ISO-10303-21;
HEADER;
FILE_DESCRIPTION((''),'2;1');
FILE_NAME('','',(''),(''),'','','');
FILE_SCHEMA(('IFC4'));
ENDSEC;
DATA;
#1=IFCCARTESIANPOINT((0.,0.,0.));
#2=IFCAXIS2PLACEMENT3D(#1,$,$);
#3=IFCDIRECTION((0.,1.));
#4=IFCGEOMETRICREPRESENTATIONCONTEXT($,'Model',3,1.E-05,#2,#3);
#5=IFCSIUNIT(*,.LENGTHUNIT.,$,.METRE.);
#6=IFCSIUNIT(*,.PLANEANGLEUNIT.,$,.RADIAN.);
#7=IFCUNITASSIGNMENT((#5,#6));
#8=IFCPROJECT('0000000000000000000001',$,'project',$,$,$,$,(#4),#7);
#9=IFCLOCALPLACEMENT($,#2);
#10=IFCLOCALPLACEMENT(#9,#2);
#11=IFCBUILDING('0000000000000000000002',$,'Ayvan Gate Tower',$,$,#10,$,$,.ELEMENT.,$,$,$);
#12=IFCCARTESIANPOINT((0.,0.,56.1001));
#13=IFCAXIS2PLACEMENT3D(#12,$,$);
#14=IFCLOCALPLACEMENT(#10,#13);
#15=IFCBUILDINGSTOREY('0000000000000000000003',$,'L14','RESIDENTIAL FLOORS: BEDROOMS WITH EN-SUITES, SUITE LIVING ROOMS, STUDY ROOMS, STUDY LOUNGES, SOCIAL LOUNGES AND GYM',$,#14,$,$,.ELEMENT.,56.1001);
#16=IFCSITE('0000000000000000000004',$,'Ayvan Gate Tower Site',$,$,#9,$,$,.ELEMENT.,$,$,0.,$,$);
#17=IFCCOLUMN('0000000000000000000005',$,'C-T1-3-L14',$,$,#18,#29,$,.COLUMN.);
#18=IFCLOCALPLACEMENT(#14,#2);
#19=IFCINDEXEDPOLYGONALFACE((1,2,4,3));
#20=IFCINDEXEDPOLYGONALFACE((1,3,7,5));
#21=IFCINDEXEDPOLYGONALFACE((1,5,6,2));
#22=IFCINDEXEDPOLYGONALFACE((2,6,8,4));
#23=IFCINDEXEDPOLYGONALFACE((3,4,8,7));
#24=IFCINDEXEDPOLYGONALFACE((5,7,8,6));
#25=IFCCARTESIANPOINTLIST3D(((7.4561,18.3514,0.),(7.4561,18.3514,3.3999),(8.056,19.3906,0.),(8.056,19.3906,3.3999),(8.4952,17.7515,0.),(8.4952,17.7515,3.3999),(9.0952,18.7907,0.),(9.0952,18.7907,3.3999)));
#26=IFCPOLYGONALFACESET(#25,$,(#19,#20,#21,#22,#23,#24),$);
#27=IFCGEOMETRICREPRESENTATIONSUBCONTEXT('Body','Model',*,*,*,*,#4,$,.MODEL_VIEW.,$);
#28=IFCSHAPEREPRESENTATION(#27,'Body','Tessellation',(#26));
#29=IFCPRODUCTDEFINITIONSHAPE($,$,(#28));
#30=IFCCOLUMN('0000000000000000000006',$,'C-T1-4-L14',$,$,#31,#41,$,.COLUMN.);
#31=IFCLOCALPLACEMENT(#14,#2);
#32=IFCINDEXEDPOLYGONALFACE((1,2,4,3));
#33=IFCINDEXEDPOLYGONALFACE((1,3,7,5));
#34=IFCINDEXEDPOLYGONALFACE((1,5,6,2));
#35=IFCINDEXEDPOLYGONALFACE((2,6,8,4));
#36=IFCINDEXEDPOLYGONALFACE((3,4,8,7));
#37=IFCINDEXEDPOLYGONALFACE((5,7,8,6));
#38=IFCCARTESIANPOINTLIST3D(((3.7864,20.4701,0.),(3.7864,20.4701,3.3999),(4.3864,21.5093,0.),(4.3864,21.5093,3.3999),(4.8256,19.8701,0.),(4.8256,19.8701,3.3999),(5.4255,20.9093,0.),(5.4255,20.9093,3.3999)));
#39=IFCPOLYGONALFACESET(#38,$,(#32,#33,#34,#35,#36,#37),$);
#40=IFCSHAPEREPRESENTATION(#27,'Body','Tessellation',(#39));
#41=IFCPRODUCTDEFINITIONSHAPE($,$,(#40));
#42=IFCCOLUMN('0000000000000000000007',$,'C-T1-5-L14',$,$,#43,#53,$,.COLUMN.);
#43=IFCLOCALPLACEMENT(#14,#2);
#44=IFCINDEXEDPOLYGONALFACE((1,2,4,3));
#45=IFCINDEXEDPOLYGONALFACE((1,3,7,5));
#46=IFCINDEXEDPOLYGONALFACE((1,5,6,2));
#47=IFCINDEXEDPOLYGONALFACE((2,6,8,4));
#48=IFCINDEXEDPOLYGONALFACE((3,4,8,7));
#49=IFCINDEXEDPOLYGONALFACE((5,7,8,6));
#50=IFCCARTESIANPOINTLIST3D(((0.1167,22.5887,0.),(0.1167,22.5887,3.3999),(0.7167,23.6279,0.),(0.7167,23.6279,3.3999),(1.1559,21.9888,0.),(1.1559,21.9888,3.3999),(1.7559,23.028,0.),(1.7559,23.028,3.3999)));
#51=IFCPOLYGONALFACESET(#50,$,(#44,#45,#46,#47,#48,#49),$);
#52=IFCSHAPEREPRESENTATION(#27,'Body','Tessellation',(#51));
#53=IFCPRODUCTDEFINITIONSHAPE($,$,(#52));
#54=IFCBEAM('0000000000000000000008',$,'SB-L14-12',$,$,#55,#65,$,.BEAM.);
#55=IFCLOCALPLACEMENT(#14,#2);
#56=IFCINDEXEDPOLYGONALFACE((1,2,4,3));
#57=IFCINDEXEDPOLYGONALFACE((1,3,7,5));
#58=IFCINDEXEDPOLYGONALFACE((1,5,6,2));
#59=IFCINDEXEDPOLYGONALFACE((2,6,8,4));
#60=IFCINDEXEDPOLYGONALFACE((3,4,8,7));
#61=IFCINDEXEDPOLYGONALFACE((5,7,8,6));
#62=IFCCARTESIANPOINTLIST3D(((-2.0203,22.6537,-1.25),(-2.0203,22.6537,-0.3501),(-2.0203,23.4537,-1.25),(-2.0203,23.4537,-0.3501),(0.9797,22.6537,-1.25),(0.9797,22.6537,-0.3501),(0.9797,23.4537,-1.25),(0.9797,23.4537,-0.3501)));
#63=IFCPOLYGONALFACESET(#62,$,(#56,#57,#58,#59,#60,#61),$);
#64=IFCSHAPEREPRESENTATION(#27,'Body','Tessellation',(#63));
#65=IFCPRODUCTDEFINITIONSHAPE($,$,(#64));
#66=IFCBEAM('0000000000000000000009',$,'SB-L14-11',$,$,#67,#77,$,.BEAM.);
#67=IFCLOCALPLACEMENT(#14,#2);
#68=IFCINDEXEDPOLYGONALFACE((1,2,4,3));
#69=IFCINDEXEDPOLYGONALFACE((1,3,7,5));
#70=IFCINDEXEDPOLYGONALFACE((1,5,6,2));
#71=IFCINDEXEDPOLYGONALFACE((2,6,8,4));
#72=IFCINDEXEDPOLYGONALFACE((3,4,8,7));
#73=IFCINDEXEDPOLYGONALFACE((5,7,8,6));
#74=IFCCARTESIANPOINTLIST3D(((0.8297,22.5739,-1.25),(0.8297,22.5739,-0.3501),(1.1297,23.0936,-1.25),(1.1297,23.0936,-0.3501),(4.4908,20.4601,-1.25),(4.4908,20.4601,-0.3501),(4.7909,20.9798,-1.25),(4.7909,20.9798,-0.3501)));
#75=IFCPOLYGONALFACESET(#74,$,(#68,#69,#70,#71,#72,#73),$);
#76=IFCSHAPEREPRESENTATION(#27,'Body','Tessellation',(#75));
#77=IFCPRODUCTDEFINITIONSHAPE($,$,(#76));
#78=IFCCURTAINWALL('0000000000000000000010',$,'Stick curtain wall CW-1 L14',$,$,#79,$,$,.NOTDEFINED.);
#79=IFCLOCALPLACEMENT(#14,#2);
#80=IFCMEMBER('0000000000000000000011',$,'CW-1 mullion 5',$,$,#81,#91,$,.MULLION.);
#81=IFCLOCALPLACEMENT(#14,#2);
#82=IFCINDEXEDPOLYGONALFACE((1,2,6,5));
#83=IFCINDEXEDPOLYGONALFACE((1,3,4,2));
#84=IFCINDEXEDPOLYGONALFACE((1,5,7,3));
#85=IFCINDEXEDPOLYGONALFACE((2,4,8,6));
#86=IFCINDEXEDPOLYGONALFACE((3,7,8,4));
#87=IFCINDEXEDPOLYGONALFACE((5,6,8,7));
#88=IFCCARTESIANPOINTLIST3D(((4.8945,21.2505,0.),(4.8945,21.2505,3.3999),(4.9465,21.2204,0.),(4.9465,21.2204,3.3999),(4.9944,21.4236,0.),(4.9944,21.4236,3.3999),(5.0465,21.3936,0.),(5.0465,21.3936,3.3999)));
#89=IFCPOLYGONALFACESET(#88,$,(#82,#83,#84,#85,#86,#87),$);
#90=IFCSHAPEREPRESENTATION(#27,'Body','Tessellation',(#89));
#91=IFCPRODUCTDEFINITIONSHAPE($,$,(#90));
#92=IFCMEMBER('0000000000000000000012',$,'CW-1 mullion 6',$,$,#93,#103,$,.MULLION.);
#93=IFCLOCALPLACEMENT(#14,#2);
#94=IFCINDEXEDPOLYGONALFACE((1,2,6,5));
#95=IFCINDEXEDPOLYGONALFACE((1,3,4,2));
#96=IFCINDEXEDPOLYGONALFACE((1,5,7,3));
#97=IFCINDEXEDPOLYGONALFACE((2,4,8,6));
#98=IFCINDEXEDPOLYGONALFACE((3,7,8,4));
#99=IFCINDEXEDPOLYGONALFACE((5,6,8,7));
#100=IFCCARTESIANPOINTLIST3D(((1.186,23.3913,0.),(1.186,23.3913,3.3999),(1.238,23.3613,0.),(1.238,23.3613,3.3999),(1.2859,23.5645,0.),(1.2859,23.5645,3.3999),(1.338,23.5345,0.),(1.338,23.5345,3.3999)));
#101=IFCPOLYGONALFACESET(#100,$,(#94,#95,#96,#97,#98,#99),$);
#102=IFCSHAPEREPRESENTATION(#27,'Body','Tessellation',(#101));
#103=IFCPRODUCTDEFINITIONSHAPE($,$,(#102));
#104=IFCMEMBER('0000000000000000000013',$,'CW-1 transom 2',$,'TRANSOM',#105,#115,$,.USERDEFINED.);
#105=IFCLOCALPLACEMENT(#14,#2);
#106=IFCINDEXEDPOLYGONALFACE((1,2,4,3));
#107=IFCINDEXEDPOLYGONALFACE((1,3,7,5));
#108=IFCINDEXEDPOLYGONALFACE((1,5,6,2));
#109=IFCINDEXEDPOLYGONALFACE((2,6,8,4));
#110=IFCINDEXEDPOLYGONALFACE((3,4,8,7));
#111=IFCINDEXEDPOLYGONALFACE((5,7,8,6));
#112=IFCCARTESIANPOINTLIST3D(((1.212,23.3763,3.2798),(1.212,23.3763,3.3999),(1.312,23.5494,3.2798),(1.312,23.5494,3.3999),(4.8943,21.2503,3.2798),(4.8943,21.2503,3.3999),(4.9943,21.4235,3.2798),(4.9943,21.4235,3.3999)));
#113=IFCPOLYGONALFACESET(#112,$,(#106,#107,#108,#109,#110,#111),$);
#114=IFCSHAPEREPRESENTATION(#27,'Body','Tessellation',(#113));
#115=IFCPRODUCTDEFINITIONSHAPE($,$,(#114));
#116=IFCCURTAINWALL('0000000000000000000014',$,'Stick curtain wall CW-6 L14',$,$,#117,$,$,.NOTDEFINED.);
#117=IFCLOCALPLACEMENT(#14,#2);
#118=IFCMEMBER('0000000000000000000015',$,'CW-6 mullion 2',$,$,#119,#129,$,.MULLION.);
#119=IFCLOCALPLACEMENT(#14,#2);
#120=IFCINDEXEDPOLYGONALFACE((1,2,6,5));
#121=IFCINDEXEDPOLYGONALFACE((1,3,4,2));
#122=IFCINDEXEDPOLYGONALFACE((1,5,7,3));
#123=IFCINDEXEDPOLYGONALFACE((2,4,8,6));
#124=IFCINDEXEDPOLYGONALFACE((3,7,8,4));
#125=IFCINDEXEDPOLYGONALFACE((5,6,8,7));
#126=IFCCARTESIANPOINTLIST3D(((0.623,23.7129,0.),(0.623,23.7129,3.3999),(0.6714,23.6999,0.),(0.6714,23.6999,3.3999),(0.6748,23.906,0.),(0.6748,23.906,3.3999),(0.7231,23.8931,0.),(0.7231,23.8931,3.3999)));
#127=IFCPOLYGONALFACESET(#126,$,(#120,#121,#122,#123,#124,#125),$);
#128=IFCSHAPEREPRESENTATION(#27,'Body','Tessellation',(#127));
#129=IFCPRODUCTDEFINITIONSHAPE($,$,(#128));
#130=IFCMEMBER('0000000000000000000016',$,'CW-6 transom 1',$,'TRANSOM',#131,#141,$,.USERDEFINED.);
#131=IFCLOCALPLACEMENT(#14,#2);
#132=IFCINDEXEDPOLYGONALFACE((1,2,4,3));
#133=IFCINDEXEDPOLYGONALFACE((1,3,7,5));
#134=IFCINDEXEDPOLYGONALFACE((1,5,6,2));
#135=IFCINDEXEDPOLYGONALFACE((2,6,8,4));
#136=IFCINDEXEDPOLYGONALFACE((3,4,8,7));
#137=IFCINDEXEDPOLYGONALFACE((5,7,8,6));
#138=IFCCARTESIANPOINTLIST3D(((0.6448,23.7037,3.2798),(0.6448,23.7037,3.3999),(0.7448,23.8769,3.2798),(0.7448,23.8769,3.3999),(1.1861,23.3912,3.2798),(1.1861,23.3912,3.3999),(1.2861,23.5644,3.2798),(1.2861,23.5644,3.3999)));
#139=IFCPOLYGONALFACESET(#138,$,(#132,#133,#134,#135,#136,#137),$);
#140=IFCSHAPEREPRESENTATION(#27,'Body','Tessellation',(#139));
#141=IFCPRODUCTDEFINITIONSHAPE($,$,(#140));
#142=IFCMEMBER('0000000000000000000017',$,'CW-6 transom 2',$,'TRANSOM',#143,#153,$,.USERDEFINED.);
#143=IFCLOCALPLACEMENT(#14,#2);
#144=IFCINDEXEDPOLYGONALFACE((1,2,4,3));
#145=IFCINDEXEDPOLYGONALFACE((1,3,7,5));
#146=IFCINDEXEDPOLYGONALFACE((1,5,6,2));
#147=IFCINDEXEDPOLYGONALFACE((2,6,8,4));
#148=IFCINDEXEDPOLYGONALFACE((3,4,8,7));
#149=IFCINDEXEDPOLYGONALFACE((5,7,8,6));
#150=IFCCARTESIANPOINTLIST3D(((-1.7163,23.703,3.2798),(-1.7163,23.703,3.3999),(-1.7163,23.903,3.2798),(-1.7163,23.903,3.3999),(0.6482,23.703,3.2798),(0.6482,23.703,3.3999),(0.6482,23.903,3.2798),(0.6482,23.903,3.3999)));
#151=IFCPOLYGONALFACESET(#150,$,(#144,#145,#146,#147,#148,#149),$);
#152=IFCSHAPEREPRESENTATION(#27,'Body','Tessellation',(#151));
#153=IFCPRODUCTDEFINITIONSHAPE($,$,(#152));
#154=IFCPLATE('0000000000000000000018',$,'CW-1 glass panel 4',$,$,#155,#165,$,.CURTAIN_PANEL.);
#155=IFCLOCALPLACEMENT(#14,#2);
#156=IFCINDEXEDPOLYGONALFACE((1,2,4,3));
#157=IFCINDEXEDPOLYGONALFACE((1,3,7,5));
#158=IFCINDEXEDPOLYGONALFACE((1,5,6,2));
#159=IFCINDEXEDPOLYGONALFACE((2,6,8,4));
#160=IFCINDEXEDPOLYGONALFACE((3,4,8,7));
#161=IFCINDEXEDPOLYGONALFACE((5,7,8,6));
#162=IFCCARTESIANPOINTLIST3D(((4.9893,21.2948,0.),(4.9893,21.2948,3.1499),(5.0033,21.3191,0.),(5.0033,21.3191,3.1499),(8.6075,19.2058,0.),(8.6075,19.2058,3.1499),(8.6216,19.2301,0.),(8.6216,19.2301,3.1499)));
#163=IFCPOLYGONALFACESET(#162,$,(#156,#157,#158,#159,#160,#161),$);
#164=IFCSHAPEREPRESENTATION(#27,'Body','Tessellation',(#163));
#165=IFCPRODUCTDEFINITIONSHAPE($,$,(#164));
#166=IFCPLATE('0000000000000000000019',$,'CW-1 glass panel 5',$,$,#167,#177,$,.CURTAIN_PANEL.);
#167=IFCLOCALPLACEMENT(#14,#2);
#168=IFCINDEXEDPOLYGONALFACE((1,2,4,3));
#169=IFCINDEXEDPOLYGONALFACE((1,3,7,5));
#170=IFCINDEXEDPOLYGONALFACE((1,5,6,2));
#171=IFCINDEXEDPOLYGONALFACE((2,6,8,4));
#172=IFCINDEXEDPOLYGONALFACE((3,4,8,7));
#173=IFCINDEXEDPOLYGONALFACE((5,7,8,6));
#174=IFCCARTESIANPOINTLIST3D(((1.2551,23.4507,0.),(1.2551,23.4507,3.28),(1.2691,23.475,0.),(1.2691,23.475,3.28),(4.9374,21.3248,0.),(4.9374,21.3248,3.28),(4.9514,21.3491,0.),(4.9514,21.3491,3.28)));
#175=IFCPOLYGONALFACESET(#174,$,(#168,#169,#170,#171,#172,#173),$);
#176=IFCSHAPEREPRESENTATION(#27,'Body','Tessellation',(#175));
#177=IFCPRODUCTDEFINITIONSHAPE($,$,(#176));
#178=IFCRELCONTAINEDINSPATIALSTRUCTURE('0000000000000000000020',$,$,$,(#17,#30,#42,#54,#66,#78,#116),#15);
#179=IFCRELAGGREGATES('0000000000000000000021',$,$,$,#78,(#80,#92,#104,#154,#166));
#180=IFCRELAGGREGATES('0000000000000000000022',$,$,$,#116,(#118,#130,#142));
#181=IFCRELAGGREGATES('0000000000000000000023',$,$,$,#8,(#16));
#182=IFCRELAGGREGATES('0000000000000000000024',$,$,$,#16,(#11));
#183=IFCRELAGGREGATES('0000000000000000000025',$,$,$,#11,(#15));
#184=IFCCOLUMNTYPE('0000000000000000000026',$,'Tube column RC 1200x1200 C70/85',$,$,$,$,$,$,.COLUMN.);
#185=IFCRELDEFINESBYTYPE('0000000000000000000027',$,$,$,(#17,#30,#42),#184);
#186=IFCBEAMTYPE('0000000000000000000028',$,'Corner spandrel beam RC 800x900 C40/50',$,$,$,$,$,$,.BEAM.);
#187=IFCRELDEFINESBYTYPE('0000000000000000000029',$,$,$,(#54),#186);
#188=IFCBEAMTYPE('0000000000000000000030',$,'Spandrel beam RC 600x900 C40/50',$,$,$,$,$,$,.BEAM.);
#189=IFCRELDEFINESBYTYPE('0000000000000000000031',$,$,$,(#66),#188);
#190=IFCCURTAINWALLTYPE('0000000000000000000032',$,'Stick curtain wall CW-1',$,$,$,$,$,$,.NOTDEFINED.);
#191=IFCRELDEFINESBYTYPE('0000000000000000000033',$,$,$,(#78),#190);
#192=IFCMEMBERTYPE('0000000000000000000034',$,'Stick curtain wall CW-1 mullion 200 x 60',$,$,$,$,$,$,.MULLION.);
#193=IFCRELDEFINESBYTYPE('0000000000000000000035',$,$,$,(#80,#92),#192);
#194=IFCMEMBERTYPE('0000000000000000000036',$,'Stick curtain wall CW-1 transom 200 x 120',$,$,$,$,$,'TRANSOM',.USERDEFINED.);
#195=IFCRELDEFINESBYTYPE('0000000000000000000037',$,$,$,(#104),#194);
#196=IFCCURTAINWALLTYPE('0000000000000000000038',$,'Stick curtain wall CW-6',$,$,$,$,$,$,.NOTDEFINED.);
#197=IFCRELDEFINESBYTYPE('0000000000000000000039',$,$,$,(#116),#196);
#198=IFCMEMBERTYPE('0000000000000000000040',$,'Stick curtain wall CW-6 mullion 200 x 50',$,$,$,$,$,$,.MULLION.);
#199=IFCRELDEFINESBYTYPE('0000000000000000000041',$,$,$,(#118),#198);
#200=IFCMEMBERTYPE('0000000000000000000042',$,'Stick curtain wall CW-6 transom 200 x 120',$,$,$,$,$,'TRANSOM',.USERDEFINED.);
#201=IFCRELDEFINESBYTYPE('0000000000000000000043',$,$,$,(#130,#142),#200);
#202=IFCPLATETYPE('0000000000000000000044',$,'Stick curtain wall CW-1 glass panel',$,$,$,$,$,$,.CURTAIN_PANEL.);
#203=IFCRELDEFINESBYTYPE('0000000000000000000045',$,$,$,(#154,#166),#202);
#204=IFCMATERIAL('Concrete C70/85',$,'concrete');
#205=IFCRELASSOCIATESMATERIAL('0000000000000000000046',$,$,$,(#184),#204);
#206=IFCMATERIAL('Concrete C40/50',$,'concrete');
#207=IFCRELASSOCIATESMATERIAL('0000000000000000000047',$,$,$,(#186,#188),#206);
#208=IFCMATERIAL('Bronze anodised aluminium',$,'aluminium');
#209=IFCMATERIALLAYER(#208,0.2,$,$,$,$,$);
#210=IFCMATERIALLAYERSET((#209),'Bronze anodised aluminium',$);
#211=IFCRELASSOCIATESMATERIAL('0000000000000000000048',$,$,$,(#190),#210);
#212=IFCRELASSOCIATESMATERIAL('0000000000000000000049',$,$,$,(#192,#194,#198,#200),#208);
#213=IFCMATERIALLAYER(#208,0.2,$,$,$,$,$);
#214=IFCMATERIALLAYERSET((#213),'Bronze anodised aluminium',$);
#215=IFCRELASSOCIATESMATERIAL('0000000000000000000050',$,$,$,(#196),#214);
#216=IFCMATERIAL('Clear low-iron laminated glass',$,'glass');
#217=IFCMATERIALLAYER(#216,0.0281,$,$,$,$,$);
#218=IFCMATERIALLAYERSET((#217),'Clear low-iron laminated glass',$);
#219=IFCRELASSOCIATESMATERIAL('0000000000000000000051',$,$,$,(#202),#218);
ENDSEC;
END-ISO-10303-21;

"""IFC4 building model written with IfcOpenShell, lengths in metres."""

from ifc_helpers import new_model, si_unit, direction, frame, origin, origin_2d, place, context, subcontext, project, spatial, rectangle, extrude, material, layer, layer_set, material_profile, profile_set, type_object, element, aggregate, save


model = new_model("IFC4")

# Units and contexts
model_context = context("Model", 3, precision=1e-05, world=origin(), true_north=direction((0.0, 1.0)))
body_context = subcontext(model_context, "Body", "Model", "MODEL_VIEW")
ifc_project = project(units=[si_unit("LENGTHUNIT", "METRE"), si_unit("PLANEANGLEUNIT", "RADIAN")], contexts=[model_context])

# Site, building, storey
site_placement = place(None, origin())
site = spatial("IfcSite", under=ifc_project, at=site_placement, Name="Ayvan Gate Tower Site", CompositionType="ELEMENT", RefElevation=0.0)
building_placement = place(site_placement, origin())
building = spatial("IfcBuilding", under=site, at=building_placement, Name="Ayvan Gate Tower", CompositionType="ELEMENT")
storey_placement = place(building_placement, frame((0.0, 0.0, 56.1001)))
storey = spatial("IfcBuildingStorey", under=building, at=storey_placement, Name="L14", Description="RESIDENTIAL FLOORS: BEDROOMS WITH EN-SUITES, SUITE LIVING ROOMS, STUDY ROOMS, STUDY LOUNGES, SOCIAL LOUNGES AND GYM", CompositionType="ELEMENT", Elevation=56.1001)

# Columns
ifc_material_1 = material(Name="Concrete C70/85", Category="concrete")
ifc_material_profile_1 = material_profile(ifc_material_1, rectangle(XDim=1.2, YDim=1.2, at=origin_2d()), Name="RC 1200x1200")
ifc_profile_set_1 = profile_set([ifc_material_profile_1], Name="Concrete C70/85")
column_type = type_object("IfcColumnType", Name="Tube column RC 1200x1200 C70/85", PredefinedType="COLUMN", material=ifc_profile_set_1)
for number, where, z_axis, x_axis, name in (
    (1, (8.2756, 18.571, 0.0), (0.0, 0.0, 1.0), (0.5, 0.866025, 0.0), "C-T1-3-L14"),
    (2, (4.606, 20.6897, 0.0), (0.0, 0.0, 1.0), (0.5, 0.866025, 0.0), "C-T1-4-L14"),
    (3, (0.9363, 22.8083, 0.0), (0.0, 0.0, 1.0), (0.5, 0.866025, 0.0), "C-T1-5-L14"),
):
    element("IfcColumn", number, at=place(storey_placement, frame(where, z_axis=z_axis, x_axis=x_axis)), inside=storey, type_object=column_type, Name=name, PredefinedType="COLUMN", context=body_context, shape_type="SweptSolid", body=[
        extrude(rectangle(XDim=1.2, YDim=1.2, at=origin_2d()), origin(), (0.0, 0.0, 1.0), 3.3999),
    ])

# Beams
ifc_material_2 = material(Name="Concrete C40/50", Category="concrete")
ifc_material_profile_2 = material_profile(ifc_material_2, rectangle(XDim=0.8, YDim=0.8999, at=origin_2d()), Name="RC 800x900")
ifc_profile_set_2 = profile_set([ifc_material_profile_2], Name="Concrete C40/50")
beam_type_1 = type_object("IfcBeamType", Name="Corner spandrel beam RC 800x900 C40/50", PredefinedType="BEAM", material=ifc_profile_set_2)
beam_1_placement = place(storey_placement, frame((0.9797, 23.0537, -0.8), z_axis=(-1.0, 0.0, 0.0), x_axis=(0.0, -1.0, 0.0)))
element("IfcBeam", 4, at=beam_1_placement, inside=storey, type_object=beam_type_1, Name="SB-L14-12", PredefinedType="BEAM", context=body_context, shape_type="SweptSolid", body=[
    extrude(rectangle(XDim=0.8, YDim=0.8999, at=origin_2d()), origin(), (0.0, 0.0, 1.0), 3.0),
])
ifc_material_profile_3 = material_profile(ifc_material_2, rectangle(XDim=0.6001, YDim=0.8999, at=origin_2d()), Name="RC 600x900")
ifc_profile_set_3 = profile_set([ifc_material_profile_3], Name="Concrete C40/50")
beam_type_2 = type_object("IfcBeamType", Name="Spandrel beam RC 600x900 C40/50", PredefinedType="BEAM", material=ifc_profile_set_3)
beam_2_placement = place(storey_placement, frame((4.6409, 20.72, -0.8), z_axis=(-0.866024, 0.500002, 0.0), x_axis=(-0.500002, -0.866024, 0.0)))
element("IfcBeam", 5, at=beam_2_placement, inside=storey, type_object=beam_type_2, Name="SB-L14-11", PredefinedType="BEAM", context=body_context, shape_type="SweptSolid", body=[
    extrude(rectangle(XDim=0.6001, YDim=0.8999, at=origin_2d()), origin(), (0.0, 0.0, 1.0), 4.2275),
])

# Curtain walls, members
ifc_material_3 = material(Name="Bronze anodised aluminium", Category="aluminium")
ifc_layer_1 = layer(ifc_material_3, 0.2)
ifc_layer_set_1 = layer_set([ifc_layer_1], Name="Bronze anodised aluminium")
curtain_wall_type_1 = type_object("IfcCurtainWallType", Name="Stick curtain wall CW-1", PredefinedType="NOTDEFINED", material=ifc_layer_set_1)
curtain_wall_1_placement = place(storey_placement, origin())
curtain_wall_1 = element("IfcCurtainWall", 6, at=curtain_wall_1_placement, inside=storey, type_object=curtain_wall_type_1, Name="Stick curtain wall CW-1 L14", PredefinedType="NOTDEFINED")
ifc_material_profile_4 = material_profile(ifc_material_3, rectangle(XDim=0.2, YDim=0.0601, at=origin_2d()), Name="Stick curtain wall CW-1 mullion 200 x 60")
ifc_profile_set_4 = profile_set([ifc_material_profile_4], Name="Bronze anodised aluminium")
member_type_1 = type_object("IfcMemberType", Name="Stick curtain wall CW-1 mullion 200 x 60", PredefinedType="MULLION", material=ifc_profile_set_4)
member_1_placement = place(storey_placement, frame((4.9705, 21.322, 0.0), z_axis=(0.0, 0.0, 1.0), x_axis=(0.5, 0.866025, 0.0)))
member_1 = element("IfcMember", 7, at=member_1_placement, type_object=member_type_1, Name="CW-1 mullion 5", PredefinedType="MULLION", context=body_context, shape_type="SweptSolid", body=[
    extrude(rectangle(XDim=0.2, YDim=0.0601, at=origin_2d()), origin(), (0.0, 0.0, 1.0), 3.3999),
])
member_2_placement = place(storey_placement, frame((1.262, 23.4629, 0.0), z_axis=(0.0, 0.0, 1.0), x_axis=(0.5, 0.866025, 0.0)))
member_2 = element("IfcMember", 8, at=member_2_placement, type_object=member_type_1, Name="CW-1 mullion 6", PredefinedType="MULLION", context=body_context, shape_type="SweptSolid", body=[
    extrude(rectangle(XDim=0.2, YDim=0.0601, at=origin_2d()), origin(), (0.0, 0.0, 1.0), 3.3999),
])
ifc_material_profile_5 = material_profile(ifc_material_3, rectangle(XDim=0.2, YDim=0.1201, at=origin_2d()), Name="Stick curtain wall CW-1 transom 200 x 120")
ifc_profile_set_5 = profile_set([ifc_material_profile_5], Name="Bronze anodised aluminium")
member_type_2 = type_object("IfcMemberType", Name="Stick curtain wall CW-1 transom 200 x 120", ElementType="TRANSOM", PredefinedType="USERDEFINED", material=ifc_profile_set_5)
member_3_placement = place(storey_placement, frame((4.9443, 21.3369, 3.3398), z_axis=(-0.86603, 0.499993, 0.0), x_axis=(-0.499993, -0.86603, 0.0)))
member_3 = element("IfcMember", 9, at=member_3_placement, type_object=member_type_2, Name="CW-1 transom 2", ObjectType="TRANSOM", PredefinedType="USERDEFINED", context=body_context, shape_type="SweptSolid", body=[
    extrude(rectangle(XDim=0.2, YDim=0.1201, at=origin_2d()), origin(), (0.0, 0.0, 1.0), 4.252),
])
ifc_layer_2 = layer(ifc_material_3, 0.2)
ifc_layer_set_2 = layer_set([ifc_layer_2], Name="Bronze anodised aluminium")
curtain_wall_type_2 = type_object("IfcCurtainWallType", Name="Stick curtain wall CW-6", PredefinedType="NOTDEFINED", material=ifc_layer_set_2)
curtain_wall_2_placement = place(storey_placement, origin())
curtain_wall_2 = element("IfcCurtainWall", 10, at=curtain_wall_2_placement, inside=storey, type_object=curtain_wall_type_2, Name="Stick curtain wall CW-6 L14", PredefinedType="NOTDEFINED")
ifc_material_profile_6 = material_profile(ifc_material_3, rectangle(XDim=0.2, YDim=0.05, at=origin_2d()), Name="Stick curtain wall CW-6 mullion 200 x 50")
ifc_profile_set_6 = profile_set([ifc_material_profile_6], Name="Bronze anodised aluminium")
member_type_3 = type_object("IfcMemberType", Name="Stick curtain wall CW-6 mullion 200 x 50", PredefinedType="MULLION", material=ifc_profile_set_6)
member_4_placement = place(storey_placement, frame((0.6731, 23.803, 0.0), z_axis=(0.0, 0.0, 1.0), x_axis=(0.258819, 0.965926, 0.0)))
member_4 = element("IfcMember", 11, at=member_4_placement, type_object=member_type_3, Name="CW-6 mullion 2", PredefinedType="MULLION", context=body_context, shape_type="SweptSolid", body=[
    extrude(rectangle(XDim=0.2, YDim=0.05, at=origin_2d()), origin(), (0.0, 0.0, 1.0), 3.3999),
])
ifc_material_profile_7 = material_profile(ifc_material_3, rectangle(XDim=0.2, YDim=0.1201, at=origin_2d()), Name="Stick curtain wall CW-6 transom 200 x 120")
ifc_profile_set_7 = profile_set([ifc_material_profile_7], Name="Bronze anodised aluminium")
member_type_4 = type_object("IfcMemberType", Name="Stick curtain wall CW-6 transom 200 x 120", ElementType="TRANSOM", PredefinedType="USERDEFINED", material=ifc_profile_set_7)
member_5_placement = place(storey_placement, frame((1.2361, 23.4778, 3.3398), z_axis=(-0.866023, 0.500004, 0.0), x_axis=(-0.500004, -0.866023, 0.0)))
member_5 = element("IfcMember", 12, at=member_5_placement, type_object=member_type_4, Name="CW-6 transom 1", ObjectType="TRANSOM", PredefinedType="USERDEFINED", context=body_context, shape_type="SweptSolid", body=[
    extrude(rectangle(XDim=0.2, YDim=0.1201, at=origin_2d()), origin(), (0.0, 0.0, 1.0), 0.625),
])
member_6_placement = place(storey_placement, frame((0.6482, 23.803, 3.3398), z_axis=(-1.0, 0.0, 0.0), x_axis=(0.0, -1.0, 0.0)))
member_6 = element("IfcMember", 13, at=member_6_placement, type_object=member_type_4, Name="CW-6 transom 2", ObjectType="TRANSOM", PredefinedType="USERDEFINED", context=body_context, shape_type="SweptSolid", body=[
    extrude(rectangle(XDim=0.2, YDim=0.1201, at=origin_2d()), origin(), (0.0, 0.0, 1.0), 2.3645),
])

# Plates
ifc_material_4 = material(Name="Clear low-iron laminated glass", Category="glass")
ifc_layer_3 = layer(ifc_material_4, 0.0281)
ifc_layer_set_3 = layer_set([ifc_layer_3], Name="Clear low-iron laminated glass")
plate_type_1 = type_object("IfcPlateType", Name="Stick curtain wall CW-1 glass panel", PredefinedType="CURTAIN_PANEL", material=ifc_layer_set_3)
plate_1_placement = place(storey_placement, frame((6.8054, 20.2625, 0.0), z_axis=(0.0, 0.0, 1.0), x_axis=(-0.866025, 0.5, 0.0)))
plate_1 = element("IfcPlate", 14, at=plate_1_placement, type_object=plate_type_1, Name="CW-1 glass panel 4", PredefinedType="CURTAIN_PANEL", context=body_context, shape_type="SweptSolid", body=[
    extrude(rectangle(XDim=4.178, YDim=0.0281, at=origin_2d()), origin(), (0.0, 0.0, 1.0), 3.1499),
])
plate_2_placement = place(storey_placement, frame((3.1033, 22.3999, 0.0), z_axis=(0.0, 0.0, 1.0), x_axis=(-0.866025, 0.5, 0.0)))
plate_2 = element("IfcPlate", 15, at=plate_2_placement, type_object=plate_type_1, Name="CW-1 glass panel 5", PredefinedType="CURTAIN_PANEL", context=body_context, shape_type="SweptSolid", body=[
    extrude(rectangle(XDim=4.252, YDim=0.0281, at=origin_2d()), origin(), (0.0, 0.0, 1.0), 3.28),
])
aggregate(curtain_wall_1, [member_1, member_2, member_3, plate_1, plate_2])
aggregate(curtain_wall_2, [member_4, member_5, member_6])

save(model, "model.ifc")
